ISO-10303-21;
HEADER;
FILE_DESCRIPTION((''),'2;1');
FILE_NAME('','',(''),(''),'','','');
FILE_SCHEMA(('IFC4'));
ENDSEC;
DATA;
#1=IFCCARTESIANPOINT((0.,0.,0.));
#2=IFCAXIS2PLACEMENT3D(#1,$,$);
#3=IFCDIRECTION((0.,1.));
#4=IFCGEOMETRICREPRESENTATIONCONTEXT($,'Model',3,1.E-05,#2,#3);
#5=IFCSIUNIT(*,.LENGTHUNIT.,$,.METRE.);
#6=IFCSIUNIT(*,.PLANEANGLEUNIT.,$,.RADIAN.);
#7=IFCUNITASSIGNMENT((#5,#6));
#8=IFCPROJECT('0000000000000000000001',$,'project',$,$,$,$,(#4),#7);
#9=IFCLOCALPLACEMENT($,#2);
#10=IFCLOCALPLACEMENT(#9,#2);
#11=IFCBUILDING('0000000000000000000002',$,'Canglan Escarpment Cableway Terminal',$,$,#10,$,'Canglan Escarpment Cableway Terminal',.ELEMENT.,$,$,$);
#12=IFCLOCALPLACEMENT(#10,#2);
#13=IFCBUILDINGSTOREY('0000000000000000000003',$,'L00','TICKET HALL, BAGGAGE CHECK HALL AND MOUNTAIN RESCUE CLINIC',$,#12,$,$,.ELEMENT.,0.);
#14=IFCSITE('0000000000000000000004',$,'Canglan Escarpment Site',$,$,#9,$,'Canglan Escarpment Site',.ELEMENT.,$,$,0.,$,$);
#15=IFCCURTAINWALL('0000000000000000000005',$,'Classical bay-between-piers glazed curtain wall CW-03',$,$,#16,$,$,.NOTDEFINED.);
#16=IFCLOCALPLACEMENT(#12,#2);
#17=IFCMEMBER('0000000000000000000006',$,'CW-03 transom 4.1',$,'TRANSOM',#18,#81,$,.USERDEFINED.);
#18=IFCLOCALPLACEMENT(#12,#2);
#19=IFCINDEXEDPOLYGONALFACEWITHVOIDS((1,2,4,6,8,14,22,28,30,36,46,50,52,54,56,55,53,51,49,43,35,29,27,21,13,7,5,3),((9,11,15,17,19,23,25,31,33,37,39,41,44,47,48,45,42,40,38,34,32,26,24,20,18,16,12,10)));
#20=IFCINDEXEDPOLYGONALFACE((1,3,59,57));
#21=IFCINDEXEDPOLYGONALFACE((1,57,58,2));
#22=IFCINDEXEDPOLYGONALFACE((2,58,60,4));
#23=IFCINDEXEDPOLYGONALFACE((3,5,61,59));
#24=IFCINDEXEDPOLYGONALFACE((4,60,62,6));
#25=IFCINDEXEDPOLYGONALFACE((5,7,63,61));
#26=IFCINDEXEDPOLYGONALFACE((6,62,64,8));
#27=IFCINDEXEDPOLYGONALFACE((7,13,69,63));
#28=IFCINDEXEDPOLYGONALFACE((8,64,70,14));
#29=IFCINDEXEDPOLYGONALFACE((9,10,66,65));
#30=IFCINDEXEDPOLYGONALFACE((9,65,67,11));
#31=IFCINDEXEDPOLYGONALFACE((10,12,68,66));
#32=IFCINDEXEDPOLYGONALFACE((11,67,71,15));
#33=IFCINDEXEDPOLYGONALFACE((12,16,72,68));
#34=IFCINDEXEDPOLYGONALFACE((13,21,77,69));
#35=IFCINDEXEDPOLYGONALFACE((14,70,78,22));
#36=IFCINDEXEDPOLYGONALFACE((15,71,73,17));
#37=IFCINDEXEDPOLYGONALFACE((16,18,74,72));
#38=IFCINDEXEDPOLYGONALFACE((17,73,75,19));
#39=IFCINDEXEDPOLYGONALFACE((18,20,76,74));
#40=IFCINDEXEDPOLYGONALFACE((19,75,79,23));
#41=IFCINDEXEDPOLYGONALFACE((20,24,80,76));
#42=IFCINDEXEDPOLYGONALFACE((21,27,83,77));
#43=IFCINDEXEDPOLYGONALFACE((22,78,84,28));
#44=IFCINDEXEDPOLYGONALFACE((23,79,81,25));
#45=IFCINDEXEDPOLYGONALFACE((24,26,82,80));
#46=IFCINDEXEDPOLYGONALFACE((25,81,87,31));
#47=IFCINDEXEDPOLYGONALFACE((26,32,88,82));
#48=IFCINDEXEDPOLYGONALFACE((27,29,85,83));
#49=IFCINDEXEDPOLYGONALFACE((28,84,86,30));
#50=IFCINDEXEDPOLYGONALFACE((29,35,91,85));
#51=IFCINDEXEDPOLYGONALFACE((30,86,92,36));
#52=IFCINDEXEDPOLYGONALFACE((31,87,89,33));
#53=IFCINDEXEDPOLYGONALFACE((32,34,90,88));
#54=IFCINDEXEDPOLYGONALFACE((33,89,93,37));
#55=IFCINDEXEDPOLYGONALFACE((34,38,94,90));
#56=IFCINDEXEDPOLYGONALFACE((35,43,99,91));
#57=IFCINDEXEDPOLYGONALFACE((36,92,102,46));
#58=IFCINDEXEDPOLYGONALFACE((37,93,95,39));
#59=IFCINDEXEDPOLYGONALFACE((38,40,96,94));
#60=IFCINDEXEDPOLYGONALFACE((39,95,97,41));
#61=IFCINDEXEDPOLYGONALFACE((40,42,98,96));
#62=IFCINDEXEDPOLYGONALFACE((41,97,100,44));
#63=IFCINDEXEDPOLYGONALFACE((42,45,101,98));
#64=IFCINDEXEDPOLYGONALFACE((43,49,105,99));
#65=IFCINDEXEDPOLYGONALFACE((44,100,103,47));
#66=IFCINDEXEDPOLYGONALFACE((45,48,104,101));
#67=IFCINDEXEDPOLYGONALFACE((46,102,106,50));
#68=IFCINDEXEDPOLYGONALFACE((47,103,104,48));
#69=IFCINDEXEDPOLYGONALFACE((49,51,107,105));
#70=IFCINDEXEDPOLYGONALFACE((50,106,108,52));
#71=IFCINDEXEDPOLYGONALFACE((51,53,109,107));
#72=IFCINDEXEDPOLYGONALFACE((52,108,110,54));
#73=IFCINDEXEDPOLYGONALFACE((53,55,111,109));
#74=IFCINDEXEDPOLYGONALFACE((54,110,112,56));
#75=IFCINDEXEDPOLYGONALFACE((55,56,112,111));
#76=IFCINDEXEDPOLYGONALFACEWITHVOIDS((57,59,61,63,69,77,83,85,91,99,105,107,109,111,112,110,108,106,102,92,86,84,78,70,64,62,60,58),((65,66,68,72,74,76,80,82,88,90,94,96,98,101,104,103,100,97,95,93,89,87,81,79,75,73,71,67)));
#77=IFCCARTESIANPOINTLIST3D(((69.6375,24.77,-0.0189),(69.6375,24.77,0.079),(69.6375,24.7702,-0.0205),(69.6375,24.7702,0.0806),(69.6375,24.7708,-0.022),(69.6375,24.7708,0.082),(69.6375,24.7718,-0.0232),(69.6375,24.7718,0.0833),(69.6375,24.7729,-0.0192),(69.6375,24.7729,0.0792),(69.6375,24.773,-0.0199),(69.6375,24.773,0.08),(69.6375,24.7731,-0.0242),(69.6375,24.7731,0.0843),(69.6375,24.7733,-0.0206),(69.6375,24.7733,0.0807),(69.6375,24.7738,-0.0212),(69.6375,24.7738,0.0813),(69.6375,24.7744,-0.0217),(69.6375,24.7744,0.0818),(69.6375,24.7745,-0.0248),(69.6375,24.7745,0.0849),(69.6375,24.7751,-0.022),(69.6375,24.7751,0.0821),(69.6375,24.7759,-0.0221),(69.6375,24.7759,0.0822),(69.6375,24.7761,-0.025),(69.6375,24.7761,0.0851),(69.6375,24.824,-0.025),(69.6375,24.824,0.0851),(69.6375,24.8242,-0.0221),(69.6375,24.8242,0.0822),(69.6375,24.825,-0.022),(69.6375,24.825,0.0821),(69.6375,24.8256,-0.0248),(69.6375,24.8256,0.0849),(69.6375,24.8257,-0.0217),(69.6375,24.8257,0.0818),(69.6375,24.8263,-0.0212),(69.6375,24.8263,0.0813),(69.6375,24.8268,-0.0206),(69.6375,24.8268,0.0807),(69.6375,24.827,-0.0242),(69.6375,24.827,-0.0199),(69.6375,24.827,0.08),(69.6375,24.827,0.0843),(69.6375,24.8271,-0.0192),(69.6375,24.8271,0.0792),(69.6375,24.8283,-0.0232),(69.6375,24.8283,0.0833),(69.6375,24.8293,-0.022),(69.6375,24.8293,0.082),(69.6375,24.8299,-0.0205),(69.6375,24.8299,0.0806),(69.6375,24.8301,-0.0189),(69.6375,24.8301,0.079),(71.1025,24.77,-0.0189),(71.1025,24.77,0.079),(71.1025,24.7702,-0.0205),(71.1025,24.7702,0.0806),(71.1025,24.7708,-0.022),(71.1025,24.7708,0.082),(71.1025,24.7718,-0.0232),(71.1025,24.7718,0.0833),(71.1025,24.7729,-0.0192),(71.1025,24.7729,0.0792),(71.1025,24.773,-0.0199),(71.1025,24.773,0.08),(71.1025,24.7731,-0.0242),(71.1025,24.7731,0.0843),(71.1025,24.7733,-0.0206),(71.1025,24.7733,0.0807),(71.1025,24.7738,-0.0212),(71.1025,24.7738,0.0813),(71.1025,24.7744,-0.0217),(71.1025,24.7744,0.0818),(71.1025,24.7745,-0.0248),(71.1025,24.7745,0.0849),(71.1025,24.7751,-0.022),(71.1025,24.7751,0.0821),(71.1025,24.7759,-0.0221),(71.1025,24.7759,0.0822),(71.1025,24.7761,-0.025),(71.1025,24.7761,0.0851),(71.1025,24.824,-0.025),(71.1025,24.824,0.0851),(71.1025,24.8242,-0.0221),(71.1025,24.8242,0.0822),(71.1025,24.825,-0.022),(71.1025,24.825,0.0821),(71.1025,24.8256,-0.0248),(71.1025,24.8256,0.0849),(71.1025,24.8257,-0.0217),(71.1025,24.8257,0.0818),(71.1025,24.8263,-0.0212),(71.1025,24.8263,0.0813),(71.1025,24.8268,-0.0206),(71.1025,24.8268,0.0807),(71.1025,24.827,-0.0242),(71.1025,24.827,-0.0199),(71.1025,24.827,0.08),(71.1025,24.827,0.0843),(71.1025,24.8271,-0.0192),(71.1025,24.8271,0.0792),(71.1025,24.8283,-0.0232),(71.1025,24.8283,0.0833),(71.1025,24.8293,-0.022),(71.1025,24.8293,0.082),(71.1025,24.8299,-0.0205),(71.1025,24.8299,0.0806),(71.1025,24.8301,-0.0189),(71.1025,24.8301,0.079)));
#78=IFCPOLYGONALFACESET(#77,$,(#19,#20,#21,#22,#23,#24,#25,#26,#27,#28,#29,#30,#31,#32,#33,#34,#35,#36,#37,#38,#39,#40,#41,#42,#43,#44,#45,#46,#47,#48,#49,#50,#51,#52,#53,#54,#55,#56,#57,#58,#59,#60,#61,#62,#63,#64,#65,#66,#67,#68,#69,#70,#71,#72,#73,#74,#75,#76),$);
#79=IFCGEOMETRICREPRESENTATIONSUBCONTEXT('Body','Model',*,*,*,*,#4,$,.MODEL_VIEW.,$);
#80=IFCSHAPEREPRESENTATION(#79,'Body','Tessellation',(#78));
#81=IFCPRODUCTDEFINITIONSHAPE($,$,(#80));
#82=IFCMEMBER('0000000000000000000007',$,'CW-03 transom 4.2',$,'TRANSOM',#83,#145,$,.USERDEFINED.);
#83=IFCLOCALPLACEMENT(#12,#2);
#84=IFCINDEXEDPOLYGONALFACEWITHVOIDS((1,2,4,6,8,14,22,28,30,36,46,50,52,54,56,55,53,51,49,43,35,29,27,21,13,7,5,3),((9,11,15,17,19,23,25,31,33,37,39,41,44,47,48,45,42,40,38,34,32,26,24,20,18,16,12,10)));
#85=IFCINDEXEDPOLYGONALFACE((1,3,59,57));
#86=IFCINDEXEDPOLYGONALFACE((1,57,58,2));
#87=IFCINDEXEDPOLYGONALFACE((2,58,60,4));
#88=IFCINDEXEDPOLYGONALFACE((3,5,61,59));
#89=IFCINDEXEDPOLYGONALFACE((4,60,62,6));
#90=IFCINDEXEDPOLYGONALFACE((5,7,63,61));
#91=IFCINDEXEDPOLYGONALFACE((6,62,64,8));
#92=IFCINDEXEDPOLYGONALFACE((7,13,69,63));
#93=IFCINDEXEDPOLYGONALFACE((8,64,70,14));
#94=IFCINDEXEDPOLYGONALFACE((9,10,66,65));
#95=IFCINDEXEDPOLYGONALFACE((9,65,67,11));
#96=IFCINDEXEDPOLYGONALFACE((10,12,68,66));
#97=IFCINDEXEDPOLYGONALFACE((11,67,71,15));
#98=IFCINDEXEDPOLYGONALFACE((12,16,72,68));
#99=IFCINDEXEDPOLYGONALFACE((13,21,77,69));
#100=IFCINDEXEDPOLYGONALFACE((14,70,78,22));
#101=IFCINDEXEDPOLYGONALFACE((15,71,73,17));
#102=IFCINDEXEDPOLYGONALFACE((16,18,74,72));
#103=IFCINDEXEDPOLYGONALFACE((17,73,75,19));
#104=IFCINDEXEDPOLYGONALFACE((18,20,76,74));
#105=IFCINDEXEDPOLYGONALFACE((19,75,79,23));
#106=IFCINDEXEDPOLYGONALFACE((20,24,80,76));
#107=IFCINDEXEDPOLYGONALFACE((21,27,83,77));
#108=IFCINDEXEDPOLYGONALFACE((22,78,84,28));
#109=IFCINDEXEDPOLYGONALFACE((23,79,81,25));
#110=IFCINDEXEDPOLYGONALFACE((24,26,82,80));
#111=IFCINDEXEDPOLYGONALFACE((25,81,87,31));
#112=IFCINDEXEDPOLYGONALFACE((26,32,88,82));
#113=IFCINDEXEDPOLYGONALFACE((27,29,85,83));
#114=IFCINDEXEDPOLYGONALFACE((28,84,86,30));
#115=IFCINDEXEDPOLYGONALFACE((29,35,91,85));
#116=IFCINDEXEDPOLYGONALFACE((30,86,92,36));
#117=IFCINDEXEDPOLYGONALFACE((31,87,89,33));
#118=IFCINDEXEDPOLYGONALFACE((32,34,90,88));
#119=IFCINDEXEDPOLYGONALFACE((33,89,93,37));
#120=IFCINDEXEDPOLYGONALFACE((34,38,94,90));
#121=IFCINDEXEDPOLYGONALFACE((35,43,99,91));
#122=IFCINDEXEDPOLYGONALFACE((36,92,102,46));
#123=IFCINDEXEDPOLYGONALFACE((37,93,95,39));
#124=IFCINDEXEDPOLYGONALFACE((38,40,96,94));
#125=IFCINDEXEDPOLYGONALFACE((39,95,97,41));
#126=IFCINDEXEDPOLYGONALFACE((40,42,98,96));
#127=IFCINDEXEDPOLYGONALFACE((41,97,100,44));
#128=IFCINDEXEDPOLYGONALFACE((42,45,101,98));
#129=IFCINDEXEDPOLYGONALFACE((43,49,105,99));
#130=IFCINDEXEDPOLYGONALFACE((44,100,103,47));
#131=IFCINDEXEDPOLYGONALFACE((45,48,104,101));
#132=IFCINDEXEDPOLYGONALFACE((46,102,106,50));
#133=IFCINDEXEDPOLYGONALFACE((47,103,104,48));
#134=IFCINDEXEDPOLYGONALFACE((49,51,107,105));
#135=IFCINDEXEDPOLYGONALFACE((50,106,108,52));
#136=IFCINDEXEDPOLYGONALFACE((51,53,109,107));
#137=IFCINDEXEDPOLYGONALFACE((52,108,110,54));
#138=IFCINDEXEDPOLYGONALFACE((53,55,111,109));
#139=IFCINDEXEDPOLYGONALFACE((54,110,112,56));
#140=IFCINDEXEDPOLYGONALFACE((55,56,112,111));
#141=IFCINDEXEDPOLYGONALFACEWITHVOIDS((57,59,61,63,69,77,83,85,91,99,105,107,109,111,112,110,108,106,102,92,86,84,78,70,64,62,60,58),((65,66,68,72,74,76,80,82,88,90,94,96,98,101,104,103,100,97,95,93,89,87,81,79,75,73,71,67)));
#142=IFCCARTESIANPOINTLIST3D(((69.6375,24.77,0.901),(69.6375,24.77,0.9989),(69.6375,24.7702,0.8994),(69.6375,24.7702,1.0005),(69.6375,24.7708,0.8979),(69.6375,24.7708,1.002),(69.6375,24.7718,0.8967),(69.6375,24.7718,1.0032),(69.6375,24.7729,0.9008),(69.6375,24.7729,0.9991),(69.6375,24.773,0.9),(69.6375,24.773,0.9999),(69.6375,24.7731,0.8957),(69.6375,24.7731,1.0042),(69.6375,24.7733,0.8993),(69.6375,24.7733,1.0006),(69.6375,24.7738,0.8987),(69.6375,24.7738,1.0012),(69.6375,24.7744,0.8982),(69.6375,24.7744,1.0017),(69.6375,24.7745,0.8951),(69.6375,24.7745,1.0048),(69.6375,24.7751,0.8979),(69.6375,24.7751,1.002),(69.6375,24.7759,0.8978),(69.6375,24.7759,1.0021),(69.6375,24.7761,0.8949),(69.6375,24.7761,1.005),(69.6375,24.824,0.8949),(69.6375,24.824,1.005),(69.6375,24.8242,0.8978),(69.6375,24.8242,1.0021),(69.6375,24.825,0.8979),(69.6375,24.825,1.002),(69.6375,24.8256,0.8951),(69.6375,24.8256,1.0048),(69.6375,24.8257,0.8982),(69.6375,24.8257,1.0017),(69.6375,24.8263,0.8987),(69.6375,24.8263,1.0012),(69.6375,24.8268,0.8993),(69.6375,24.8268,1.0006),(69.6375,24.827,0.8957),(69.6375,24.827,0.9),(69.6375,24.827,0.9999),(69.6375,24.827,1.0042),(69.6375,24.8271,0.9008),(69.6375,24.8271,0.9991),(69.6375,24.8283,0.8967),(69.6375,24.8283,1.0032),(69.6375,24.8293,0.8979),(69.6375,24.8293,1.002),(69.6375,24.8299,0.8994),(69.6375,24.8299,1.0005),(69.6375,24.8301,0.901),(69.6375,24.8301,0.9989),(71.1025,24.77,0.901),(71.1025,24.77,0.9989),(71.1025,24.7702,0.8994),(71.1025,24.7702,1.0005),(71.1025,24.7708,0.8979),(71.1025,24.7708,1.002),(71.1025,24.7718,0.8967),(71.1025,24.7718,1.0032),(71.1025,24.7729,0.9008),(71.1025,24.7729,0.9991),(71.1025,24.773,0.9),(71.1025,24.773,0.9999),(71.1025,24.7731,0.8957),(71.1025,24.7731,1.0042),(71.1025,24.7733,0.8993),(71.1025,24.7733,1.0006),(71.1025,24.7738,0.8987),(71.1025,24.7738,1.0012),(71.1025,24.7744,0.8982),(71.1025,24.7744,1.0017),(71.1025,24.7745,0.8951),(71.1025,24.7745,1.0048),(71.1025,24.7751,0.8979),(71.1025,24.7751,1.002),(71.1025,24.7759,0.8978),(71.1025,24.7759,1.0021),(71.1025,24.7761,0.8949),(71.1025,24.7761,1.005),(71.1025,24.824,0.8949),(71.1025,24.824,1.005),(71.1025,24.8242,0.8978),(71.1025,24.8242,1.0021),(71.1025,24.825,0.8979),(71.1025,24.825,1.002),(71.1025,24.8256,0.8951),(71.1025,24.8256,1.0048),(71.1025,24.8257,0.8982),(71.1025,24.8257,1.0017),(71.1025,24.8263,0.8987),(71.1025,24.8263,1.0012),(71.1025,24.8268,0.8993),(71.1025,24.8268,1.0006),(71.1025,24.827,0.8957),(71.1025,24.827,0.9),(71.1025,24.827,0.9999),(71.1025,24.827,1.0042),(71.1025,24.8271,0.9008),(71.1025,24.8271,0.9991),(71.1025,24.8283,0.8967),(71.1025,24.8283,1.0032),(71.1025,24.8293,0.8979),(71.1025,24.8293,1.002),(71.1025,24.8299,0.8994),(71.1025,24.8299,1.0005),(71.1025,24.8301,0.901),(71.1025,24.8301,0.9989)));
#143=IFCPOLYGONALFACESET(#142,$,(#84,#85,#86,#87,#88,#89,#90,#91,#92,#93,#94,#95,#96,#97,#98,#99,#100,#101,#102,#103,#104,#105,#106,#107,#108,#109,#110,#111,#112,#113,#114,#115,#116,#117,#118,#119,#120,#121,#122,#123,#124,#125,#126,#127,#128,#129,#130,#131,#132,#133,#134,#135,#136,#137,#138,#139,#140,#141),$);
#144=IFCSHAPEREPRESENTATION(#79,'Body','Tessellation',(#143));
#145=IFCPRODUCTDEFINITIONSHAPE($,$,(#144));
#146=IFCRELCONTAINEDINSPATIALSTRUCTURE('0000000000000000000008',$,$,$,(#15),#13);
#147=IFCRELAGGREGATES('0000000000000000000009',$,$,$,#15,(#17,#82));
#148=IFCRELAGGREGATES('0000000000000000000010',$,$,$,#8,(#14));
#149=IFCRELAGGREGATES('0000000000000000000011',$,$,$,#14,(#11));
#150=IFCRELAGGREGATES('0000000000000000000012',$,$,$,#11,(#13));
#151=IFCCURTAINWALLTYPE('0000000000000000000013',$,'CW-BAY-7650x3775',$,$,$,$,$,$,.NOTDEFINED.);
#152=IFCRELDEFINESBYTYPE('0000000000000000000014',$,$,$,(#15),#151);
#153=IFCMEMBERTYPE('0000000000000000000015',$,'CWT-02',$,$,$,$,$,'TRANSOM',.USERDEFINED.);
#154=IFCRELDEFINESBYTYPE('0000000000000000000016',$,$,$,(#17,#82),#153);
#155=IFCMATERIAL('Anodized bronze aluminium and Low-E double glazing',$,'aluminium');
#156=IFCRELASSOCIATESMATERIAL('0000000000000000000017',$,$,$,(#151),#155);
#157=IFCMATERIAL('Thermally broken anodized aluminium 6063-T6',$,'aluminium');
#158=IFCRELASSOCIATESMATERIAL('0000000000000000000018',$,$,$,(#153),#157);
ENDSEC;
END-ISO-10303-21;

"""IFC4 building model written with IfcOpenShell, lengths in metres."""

from ifc_helpers import new_model, si_unit, direction, frame, origin, origin_2d, place, context, subcontext, project, spatial, hollow_rectangle, extrude, material, material_profile, profile_set, type_object, element, aggregate, save


model = new_model("IFC4")

# Units and contexts
model_context = context("Model", 3, precision=1e-05, world=origin(), true_north=direction((0.0, 1.0)))
body_context = subcontext(model_context, "Body", "Model", "MODEL_VIEW")
ifc_project = project(units=[si_unit("LENGTHUNIT", "METRE"), si_unit("PLANEANGLEUNIT", "RADIAN")], contexts=[model_context])

# Site, building, storey
site_placement = place(None, origin())
site = spatial("IfcSite", under=ifc_project, at=site_placement, Name="Canglan Escarpment Site", LongName="Canglan Escarpment Site", CompositionType="ELEMENT", RefElevation=0.0)
building_placement = place(site_placement, origin())
building = spatial("IfcBuilding", under=site, at=building_placement, Name="Canglan Escarpment Cableway Terminal", LongName="Canglan Escarpment Cableway Terminal", CompositionType="ELEMENT")
storey_placement = place(building_placement, origin())
storey = spatial("IfcBuildingStorey", under=building, at=storey_placement, Name="L00", Description="TICKET HALL, BAGGAGE CHECK HALL AND MOUNTAIN RESCUE CLINIC", CompositionType="ELEMENT", Elevation=0.0)

# Curtain wall, members
ifc_material_1 = material(Name="Anodized bronze aluminium and Low-E double glazing", Category="aluminium")
curtain_wall_type = type_object("IfcCurtainWallType", Name="CW-BAY-7650x3775", PredefinedType="NOTDEFINED", material=ifc_material_1)
curtain_wall_placement = place(storey_placement, origin())
curtain_wall = element("IfcCurtainWall", 1, at=curtain_wall_placement, inside=storey, type_object=curtain_wall_type, Name="Classical bay-between-piers glazed curtain wall CW-03", PredefinedType="NOTDEFINED")
ifc_material_2 = material(Name="Thermally broken anodized aluminium 6063-T6", Category="aluminium")
ifc_material_profile_1 = material_profile(ifc_material_2, hollow_rectangle(XDim=0.0601, YDim=0.1101, WallThickness=0.0029, InnerFilletRadius=0.0029, OuterFilletRadius=0.0061, at=origin_2d()), Name="ALU-TRAN 60x110x3")
ifc_profile_set_1 = profile_set([ifc_material_profile_1], Name="Thermally broken anodized aluminium 6063-T6")
member_type_1 = type_object("IfcMemberType", Name="CWT-02", ElementType="TRANSOM", PredefinedType="USERDEFINED", material=ifc_profile_set_1)
member_1_placement = place(storey_placement, frame((71.1025, 24.8, 0.03), z_axis=(-1.0, 0.0, 0.0), x_axis=(0.0, -1.0, 0.0)))
member_1 = element("IfcMember", 2, at=member_1_placement, type_object=member_type_1, Name="CW-03 transom 4.1", ObjectType="TRANSOM", PredefinedType="USERDEFINED", context=body_context, shape_type="SweptSolid", body=[
    extrude(hollow_rectangle(XDim=0.0601, YDim=0.1101, WallThickness=0.0029, InnerFilletRadius=0.0029, OuterFilletRadius=0.0061, at=origin_2d()), origin(), (0.0, 0.0, 1.0), 1.4651),
])
member_2_placement = place(storey_placement, frame((71.1025, 24.8, 0.95), z_axis=(-1.0, 0.0, 0.0), x_axis=(0.0, -1.0, 0.0)))
member_2 = element("IfcMember", 3, at=member_2_placement, type_object=member_type_1, Name="CW-03 transom 4.2", ObjectType="TRANSOM", PredefinedType="USERDEFINED", context=body_context, shape_type="SweptSolid", body=[
    extrude(hollow_rectangle(XDim=0.0601, YDim=0.1101, WallThickness=0.0029, InnerFilletRadius=0.0029, OuterFilletRadius=0.0061, at=origin_2d()), origin(), (0.0, 0.0, 1.0), 1.4651),
])
aggregate(curtain_wall, [member_1, member_2])

save(model, "model.ifc")
